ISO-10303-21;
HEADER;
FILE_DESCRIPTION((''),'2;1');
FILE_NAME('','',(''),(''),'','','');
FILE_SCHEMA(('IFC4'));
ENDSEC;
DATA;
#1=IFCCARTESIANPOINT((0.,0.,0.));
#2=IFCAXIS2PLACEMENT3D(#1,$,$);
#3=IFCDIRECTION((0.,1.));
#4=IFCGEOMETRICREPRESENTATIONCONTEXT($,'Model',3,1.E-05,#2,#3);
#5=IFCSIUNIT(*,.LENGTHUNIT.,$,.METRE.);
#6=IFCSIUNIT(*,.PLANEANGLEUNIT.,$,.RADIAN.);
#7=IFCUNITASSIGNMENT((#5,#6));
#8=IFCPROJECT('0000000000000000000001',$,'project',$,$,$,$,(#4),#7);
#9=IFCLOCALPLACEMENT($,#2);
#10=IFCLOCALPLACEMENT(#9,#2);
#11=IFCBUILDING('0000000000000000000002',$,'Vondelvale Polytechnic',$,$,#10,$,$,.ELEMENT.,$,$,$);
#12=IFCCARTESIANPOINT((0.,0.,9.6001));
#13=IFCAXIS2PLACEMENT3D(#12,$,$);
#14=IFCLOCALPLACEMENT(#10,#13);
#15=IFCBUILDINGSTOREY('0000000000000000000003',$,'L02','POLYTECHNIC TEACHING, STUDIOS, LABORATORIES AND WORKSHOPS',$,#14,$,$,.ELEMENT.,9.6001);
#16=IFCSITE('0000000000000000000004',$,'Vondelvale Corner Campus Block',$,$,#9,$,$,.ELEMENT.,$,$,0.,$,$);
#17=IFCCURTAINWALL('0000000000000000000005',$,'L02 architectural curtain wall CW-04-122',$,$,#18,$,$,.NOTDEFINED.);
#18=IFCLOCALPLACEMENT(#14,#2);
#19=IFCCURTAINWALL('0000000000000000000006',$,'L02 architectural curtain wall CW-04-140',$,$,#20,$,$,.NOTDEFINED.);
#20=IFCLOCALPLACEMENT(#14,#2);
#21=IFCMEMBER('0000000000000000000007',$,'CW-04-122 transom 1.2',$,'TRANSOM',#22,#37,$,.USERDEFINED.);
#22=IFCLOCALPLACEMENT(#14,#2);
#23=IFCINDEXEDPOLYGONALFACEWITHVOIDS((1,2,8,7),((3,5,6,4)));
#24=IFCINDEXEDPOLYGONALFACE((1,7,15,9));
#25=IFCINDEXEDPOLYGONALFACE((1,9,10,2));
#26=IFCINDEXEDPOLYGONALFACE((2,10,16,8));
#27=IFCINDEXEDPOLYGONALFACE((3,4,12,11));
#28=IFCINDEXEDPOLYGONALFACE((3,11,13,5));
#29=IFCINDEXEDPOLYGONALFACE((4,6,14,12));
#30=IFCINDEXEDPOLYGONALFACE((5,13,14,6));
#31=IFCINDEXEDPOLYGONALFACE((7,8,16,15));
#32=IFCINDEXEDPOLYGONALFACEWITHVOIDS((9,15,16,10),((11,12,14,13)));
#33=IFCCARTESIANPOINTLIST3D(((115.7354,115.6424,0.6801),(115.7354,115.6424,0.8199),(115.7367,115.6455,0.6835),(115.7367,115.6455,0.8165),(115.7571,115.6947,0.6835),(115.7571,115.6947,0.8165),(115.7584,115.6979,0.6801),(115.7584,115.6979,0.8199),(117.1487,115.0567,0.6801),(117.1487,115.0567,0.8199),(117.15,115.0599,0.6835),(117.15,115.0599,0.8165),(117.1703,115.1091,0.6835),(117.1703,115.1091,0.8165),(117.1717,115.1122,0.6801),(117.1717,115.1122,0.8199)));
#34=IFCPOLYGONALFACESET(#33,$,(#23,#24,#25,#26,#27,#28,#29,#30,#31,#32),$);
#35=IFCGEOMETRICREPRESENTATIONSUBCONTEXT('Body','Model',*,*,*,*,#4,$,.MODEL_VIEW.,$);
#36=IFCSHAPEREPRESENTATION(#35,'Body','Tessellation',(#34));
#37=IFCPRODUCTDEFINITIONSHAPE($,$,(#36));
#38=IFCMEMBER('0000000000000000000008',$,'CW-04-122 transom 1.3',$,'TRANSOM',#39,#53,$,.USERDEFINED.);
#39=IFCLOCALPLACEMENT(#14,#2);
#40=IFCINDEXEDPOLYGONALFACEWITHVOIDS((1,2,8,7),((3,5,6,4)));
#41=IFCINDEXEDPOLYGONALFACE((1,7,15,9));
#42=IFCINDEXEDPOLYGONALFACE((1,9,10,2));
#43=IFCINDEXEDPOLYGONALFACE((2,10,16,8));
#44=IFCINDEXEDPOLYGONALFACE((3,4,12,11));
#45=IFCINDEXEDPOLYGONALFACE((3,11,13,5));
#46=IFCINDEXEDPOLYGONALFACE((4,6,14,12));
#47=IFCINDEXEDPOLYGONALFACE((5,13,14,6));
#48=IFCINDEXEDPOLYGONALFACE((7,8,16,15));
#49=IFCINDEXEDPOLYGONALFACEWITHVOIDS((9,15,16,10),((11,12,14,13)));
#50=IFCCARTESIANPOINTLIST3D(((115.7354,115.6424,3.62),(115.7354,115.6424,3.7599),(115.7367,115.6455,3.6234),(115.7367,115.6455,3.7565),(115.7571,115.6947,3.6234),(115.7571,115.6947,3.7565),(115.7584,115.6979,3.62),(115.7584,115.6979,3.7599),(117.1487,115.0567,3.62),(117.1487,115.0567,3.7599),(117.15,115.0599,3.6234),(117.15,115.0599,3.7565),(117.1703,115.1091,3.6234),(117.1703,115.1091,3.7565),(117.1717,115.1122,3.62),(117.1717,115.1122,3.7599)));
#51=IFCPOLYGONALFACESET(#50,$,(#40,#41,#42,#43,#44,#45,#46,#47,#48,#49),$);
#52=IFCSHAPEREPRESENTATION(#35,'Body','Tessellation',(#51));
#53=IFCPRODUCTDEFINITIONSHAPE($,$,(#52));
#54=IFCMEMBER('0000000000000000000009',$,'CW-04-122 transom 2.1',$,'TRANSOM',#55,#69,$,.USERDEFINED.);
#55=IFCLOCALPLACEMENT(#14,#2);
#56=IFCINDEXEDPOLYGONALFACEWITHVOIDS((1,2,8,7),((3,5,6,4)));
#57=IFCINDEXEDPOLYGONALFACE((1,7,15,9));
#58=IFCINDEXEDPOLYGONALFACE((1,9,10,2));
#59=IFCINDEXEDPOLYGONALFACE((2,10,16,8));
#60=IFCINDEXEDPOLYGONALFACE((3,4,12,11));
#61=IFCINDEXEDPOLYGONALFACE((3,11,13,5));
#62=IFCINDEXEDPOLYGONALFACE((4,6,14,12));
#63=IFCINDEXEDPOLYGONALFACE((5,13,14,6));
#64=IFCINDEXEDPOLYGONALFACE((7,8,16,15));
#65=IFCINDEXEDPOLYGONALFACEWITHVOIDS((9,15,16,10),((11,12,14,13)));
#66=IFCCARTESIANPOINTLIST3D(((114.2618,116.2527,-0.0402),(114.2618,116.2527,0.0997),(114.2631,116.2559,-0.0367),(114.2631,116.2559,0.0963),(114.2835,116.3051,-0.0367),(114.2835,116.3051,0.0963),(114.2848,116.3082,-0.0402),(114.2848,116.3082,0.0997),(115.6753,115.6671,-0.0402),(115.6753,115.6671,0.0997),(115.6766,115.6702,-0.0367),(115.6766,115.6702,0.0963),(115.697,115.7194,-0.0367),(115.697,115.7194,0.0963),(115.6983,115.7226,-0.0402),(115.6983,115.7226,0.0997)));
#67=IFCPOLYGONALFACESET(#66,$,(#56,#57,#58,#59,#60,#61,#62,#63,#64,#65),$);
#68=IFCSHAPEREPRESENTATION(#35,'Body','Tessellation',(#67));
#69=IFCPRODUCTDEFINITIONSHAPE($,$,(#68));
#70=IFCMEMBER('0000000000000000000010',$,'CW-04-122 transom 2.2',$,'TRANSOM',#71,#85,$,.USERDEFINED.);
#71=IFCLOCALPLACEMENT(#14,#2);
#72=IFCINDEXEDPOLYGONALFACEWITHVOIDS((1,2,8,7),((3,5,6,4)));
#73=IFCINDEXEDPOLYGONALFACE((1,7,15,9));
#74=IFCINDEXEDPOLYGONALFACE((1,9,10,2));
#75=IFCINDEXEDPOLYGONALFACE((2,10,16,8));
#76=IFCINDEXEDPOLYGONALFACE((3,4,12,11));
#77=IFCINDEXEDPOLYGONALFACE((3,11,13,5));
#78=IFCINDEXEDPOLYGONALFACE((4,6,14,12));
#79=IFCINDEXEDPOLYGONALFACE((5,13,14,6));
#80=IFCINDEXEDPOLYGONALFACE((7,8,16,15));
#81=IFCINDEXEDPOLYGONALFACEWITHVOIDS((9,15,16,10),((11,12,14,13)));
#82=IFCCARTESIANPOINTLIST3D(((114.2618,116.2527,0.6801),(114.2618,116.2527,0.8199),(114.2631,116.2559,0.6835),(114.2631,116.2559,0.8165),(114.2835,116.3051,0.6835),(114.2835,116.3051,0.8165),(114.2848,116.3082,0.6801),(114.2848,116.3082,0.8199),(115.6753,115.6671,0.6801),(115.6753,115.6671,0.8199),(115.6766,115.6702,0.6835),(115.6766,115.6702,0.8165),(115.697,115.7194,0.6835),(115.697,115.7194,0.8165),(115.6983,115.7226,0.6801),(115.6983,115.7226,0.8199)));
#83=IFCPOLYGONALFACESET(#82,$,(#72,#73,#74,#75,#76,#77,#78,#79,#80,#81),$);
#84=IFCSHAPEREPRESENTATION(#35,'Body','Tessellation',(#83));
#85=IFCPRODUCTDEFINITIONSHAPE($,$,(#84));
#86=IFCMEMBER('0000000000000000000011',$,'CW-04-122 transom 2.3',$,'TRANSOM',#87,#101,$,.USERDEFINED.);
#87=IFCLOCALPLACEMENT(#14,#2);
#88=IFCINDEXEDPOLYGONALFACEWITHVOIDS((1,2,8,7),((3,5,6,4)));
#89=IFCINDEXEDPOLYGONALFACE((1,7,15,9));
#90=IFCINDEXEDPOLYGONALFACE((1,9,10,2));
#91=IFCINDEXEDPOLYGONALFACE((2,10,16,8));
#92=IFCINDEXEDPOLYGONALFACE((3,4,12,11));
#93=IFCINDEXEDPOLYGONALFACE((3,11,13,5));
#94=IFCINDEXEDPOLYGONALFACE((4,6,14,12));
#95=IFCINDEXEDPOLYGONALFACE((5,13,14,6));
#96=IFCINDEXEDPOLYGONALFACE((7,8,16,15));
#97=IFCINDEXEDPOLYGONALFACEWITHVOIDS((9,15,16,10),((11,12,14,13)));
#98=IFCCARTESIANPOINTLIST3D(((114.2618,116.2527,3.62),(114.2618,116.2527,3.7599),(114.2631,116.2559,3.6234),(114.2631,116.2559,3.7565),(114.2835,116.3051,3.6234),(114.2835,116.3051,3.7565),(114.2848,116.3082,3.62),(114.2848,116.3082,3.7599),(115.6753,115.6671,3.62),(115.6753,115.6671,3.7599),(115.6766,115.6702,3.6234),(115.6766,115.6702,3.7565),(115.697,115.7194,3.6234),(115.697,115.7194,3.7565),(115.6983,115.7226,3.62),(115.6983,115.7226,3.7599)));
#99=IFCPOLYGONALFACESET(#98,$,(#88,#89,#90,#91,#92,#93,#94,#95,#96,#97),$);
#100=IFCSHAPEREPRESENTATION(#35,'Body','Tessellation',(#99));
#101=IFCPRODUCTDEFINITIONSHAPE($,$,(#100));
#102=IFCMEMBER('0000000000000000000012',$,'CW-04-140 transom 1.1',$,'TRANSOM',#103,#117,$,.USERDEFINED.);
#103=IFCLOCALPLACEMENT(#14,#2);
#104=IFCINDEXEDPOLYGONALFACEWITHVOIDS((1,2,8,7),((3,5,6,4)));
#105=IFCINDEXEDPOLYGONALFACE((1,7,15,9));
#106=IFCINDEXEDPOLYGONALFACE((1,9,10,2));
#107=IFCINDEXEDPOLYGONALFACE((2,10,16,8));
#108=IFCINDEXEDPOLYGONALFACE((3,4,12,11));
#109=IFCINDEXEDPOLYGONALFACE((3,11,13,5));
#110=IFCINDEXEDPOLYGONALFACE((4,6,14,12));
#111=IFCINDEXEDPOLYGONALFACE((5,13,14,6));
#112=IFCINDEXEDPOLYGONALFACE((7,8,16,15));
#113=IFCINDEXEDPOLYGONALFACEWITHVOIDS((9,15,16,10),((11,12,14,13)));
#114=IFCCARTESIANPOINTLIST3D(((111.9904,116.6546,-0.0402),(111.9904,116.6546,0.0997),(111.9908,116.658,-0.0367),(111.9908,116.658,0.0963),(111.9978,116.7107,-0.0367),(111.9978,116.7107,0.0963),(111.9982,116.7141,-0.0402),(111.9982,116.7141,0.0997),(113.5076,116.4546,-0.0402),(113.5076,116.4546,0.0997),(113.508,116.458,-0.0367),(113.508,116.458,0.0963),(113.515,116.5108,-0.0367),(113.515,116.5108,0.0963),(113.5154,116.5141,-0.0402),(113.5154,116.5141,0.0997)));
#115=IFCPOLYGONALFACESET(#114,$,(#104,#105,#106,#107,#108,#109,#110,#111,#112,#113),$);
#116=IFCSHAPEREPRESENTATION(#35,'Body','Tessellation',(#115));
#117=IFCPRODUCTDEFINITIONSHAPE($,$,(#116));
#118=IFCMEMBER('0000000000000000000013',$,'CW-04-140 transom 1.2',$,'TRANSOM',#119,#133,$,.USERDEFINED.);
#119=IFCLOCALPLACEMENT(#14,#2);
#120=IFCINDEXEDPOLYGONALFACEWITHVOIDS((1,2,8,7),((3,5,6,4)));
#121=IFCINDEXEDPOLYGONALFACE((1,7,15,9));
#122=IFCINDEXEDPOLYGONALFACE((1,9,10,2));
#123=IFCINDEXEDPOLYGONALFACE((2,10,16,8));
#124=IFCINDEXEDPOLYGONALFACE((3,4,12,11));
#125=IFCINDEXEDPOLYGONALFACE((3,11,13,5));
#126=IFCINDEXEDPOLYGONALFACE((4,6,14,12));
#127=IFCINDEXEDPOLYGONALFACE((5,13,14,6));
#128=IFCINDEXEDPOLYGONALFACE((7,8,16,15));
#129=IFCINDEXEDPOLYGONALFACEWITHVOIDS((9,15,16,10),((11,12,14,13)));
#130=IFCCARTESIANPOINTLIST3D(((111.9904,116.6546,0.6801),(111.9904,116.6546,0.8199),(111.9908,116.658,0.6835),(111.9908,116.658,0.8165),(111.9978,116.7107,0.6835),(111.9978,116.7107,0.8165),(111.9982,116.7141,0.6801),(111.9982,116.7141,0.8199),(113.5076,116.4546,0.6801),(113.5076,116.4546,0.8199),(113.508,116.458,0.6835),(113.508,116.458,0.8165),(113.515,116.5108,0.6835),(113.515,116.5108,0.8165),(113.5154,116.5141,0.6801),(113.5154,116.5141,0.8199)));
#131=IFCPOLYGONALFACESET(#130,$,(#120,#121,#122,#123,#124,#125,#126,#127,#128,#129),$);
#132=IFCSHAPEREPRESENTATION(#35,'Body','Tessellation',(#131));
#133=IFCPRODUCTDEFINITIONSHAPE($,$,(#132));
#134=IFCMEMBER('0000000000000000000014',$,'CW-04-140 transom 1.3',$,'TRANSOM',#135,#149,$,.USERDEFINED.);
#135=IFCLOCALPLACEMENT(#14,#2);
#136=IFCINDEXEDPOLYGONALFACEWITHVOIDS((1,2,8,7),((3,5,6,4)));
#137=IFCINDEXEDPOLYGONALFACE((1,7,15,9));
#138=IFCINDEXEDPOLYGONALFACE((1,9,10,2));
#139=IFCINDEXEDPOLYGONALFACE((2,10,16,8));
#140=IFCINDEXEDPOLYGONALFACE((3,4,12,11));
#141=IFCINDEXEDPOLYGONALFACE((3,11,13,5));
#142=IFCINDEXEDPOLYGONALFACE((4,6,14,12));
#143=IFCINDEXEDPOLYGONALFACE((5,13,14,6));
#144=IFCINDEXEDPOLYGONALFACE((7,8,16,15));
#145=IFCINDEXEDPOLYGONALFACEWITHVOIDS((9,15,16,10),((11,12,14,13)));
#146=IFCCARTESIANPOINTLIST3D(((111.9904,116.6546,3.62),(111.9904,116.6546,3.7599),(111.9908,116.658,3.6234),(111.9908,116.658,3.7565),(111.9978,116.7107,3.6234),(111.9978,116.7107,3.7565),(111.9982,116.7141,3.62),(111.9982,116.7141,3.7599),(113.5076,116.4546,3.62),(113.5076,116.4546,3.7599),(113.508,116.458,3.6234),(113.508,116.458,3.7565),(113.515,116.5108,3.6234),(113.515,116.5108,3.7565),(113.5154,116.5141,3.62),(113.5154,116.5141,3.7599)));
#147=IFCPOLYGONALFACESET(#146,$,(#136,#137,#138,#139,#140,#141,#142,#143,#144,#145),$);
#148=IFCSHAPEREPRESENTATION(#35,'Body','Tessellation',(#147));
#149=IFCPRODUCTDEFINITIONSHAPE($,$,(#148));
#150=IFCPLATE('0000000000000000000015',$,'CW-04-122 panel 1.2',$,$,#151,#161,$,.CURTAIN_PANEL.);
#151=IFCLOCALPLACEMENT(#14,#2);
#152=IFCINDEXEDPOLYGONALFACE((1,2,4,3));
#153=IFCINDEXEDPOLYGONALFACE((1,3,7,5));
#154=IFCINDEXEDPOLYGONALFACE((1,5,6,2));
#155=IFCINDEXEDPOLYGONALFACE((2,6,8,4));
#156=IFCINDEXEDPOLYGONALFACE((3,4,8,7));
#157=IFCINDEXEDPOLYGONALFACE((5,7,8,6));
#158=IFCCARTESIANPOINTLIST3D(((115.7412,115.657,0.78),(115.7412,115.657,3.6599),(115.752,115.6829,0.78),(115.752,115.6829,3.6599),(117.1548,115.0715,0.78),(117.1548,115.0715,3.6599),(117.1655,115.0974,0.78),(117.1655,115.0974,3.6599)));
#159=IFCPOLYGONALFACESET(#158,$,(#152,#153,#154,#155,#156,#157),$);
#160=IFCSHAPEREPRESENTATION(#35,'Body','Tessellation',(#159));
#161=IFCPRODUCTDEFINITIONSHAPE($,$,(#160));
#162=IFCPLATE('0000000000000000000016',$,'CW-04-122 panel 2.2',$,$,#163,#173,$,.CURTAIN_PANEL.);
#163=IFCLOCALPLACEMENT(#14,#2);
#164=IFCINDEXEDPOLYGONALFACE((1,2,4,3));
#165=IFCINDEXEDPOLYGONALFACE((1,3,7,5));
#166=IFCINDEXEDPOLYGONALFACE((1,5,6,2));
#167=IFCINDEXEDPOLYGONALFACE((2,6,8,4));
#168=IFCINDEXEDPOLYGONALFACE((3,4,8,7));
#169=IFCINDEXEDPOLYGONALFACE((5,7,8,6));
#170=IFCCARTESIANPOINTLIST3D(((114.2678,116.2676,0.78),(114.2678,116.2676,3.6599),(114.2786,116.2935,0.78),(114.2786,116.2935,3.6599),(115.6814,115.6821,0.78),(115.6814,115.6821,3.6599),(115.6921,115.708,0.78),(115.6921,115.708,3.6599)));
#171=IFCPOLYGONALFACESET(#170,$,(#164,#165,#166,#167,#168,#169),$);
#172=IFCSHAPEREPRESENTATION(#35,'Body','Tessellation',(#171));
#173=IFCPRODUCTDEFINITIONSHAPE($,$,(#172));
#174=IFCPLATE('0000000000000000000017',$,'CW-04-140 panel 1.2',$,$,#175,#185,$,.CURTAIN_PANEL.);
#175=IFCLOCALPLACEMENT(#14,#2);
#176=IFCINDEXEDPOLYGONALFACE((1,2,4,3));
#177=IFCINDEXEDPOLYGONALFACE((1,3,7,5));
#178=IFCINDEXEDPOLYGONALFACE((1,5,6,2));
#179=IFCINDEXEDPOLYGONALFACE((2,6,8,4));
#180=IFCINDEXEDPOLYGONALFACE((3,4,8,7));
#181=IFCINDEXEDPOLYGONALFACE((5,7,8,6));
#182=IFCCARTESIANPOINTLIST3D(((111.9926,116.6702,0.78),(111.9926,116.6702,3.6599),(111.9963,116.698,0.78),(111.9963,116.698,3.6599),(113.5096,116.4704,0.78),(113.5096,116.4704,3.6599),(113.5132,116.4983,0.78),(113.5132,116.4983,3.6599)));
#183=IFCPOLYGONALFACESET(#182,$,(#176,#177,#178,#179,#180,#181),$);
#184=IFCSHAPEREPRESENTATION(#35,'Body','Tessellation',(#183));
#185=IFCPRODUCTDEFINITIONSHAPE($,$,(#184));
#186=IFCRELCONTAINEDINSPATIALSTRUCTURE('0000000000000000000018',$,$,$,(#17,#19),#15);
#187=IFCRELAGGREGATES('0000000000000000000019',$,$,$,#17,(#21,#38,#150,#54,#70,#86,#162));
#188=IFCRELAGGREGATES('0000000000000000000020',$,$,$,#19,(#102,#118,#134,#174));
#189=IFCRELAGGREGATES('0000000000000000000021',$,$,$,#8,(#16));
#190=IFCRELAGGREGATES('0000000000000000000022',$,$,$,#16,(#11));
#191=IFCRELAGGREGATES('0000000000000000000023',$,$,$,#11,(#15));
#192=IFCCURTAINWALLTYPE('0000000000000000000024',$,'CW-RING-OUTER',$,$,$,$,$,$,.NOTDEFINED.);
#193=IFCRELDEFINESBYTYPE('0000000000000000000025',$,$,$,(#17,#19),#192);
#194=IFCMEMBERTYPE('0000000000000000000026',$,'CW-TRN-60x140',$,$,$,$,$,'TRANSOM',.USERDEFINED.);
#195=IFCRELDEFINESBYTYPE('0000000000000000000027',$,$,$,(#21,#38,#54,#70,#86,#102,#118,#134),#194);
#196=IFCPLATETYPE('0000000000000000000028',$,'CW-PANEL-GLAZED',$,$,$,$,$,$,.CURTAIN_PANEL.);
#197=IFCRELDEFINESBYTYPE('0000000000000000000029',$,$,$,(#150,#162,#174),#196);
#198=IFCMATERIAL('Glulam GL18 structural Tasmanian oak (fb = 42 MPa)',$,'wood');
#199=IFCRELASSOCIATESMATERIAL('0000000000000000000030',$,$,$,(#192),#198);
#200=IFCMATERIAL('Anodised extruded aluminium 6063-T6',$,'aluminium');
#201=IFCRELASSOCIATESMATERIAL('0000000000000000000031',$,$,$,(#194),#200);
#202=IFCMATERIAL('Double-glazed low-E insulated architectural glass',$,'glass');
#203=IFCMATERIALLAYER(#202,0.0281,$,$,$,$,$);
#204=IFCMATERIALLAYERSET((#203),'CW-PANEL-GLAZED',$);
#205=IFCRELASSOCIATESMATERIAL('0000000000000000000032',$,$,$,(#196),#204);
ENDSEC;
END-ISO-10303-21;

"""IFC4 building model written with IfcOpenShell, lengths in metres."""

from ifc_helpers import new_model, si_unit, direction, frame, origin, origin_2d, place, context, subcontext, project, spatial, rectangle, hollow_rectangle, extrude, material, layer, layer_set, material_profile, profile_set, type_object, element, aggregate, save


model = new_model("IFC4")

# Units and contexts
model_context = context("Model", 3, precision=1e-05, world=origin(), true_north=direction((0.0, 1.0)))
body_context = subcontext(model_context, "Body", "Model", "MODEL_VIEW")
ifc_project = project(units=[si_unit("LENGTHUNIT", "METRE"), si_unit("PLANEANGLEUNIT", "RADIAN")], contexts=[model_context])

# Site, building, storey
site_placement = place(None, origin())
site = spatial("IfcSite", under=ifc_project, at=site_placement, Name="Vondelvale Corner Campus Block", CompositionType="ELEMENT", RefElevation=0.0)
building_placement = place(site_placement, origin())
building = spatial("IfcBuilding", under=site, at=building_placement, Name="Vondelvale Polytechnic", CompositionType="ELEMENT")
storey_placement = place(building_placement, frame((0.0, 0.0, 9.6001)))
storey = spatial("IfcBuildingStorey", under=building, at=storey_placement, Name="L02", Description="POLYTECHNIC TEACHING, STUDIOS, LABORATORIES AND WORKSHOPS", CompositionType="ELEMENT", Elevation=9.6001)

# Shared definitions
ifc_material_1 = material(Name="Glulam GL18 structural Tasmanian oak (fb = 42 MPa)", Category="wood")

# Shared definitions
curtain_wall_type = type_object("IfcCurtainWallType", Name="CW-RING-OUTER", PredefinedType="NOTDEFINED", material=ifc_material_1)
ifc_material_2 = material(Name="Anodised extruded aluminium 6063-T6", Category="aluminium")

# Curtain wall
curtain_wall_1_placement = place(storey_placement, origin())
curtain_wall_1 = element("IfcCurtainWall", 1, at=curtain_wall_1_placement, inside=storey, type_object=curtain_wall_type, Name="L02 architectural curtain wall CW-04-122", PredefinedType="NOTDEFINED")

# Curtain wall
curtain_wall_2_placement = place(storey_placement, origin())
curtain_wall_2 = element("IfcCurtainWall", 2, at=curtain_wall_2_placement, inside=storey, type_object=curtain_wall_type, Name="L02 architectural curtain wall CW-04-140", PredefinedType="NOTDEFINED")

# Members
ifc_material_profile_1 = material_profile(ifc_material_2, hollow_rectangle(XDim=0.0601, YDim=0.1399, WallThickness=0.0034, at=origin_2d()), Name="CW-TRN-140x60")
ifc_profile_set_1 = profile_set([ifc_material_profile_1], Name="Anodised extruded aluminium 6063-T6")
member_type_1 = type_object("IfcMemberType", Name="CW-TRN-60x140", ElementType="TRANSOM", PredefinedType="USERDEFINED", material=ifc_profile_set_1)
member_1_placement = place(storey_placement, frame((117.1602, 115.0845, 0.75), z_axis=(-0.923816, 0.382836, 0.0), x_axis=(-0.382836, -0.923816, 0.0)))
member_1 = element("IfcMember", 3, at=member_1_placement, type_object=member_type_1, Name="CW-04-122 transom 1.2", ObjectType="TRANSOM", PredefinedType="USERDEFINED", context=body_context, shape_type="SweptSolid", body=[
    extrude(hollow_rectangle(XDim=0.0601, YDim=0.1399, WallThickness=0.0034, at=origin_2d()), origin(), (0.0, 0.0, 1.0), 1.5298),
])
member_2_placement = place(storey_placement, frame((117.1602, 115.0845, 3.6899), z_axis=(-0.923816, 0.382836, 0.0), x_axis=(-0.382836, -0.923816, 0.0)))
member_2 = element("IfcMember", 4, at=member_2_placement, type_object=member_type_1, Name="CW-04-122 transom 1.3", ObjectType="TRANSOM", PredefinedType="USERDEFINED", context=body_context, shape_type="SweptSolid", body=[
    extrude(hollow_rectangle(XDim=0.0601, YDim=0.1399, WallThickness=0.0034, at=origin_2d()), origin(), (0.0, 0.0, 1.0), 1.5298),
])
member_3_placement = place(storey_placement, frame((115.6868, 115.6948, 0.0298), z_axis=(-0.92384, 0.382779, 0.0), x_axis=(-0.382779, -0.92384, 0.0)))
member_3 = element("IfcMember", 5, at=member_3_placement, type_object=member_type_1, Name="CW-04-122 transom 2.1", ObjectType="TRANSOM", PredefinedType="USERDEFINED", context=body_context, shape_type="SweptSolid", body=[
    extrude(hollow_rectangle(XDim=0.0601, YDim=0.1399, WallThickness=0.0034, at=origin_2d()), origin(), (0.0, 0.0, 1.0), 1.53),
])
member_4_placement = place(storey_placement, frame((115.6868, 115.6948, 0.75), z_axis=(-0.92384, 0.382779, 0.0), x_axis=(-0.382779, -0.92384, 0.0)))
member_4 = element("IfcMember", 6, at=member_4_placement, type_object=member_type_1, Name="CW-04-122 transom 2.2", ObjectType="TRANSOM", PredefinedType="USERDEFINED", context=body_context, shape_type="SweptSolid", body=[
    extrude(hollow_rectangle(XDim=0.0601, YDim=0.1399, WallThickness=0.0034, at=origin_2d()), origin(), (0.0, 0.0, 1.0), 1.53),
])
member_5_placement = place(storey_placement, frame((115.6868, 115.6948, 3.6899), z_axis=(-0.92384, 0.382779, 0.0), x_axis=(-0.382779, -0.92384, 0.0)))
member_5 = element("IfcMember", 7, at=member_5_placement, type_object=member_type_1, Name="CW-04-122 transom 2.3", ObjectType="TRANSOM", PredefinedType="USERDEFINED", context=body_context, shape_type="SweptSolid", body=[
    extrude(hollow_rectangle(XDim=0.0601, YDim=0.1399, WallThickness=0.0034, at=origin_2d()), origin(), (0.0, 0.0, 1.0), 1.53),
])
member_6_placement = place(storey_placement, frame((113.5115, 116.4844, 0.0298), z_axis=(-0.991426, 0.130669, 0.0), x_axis=(-0.130669, -0.991426, 0.0)))
member_6 = element("IfcMember", 8, at=member_6_placement, type_object=member_type_1, Name="CW-04-140 transom 1.1", ObjectType="TRANSOM", PredefinedType="USERDEFINED", context=body_context, shape_type="SweptSolid", body=[
    extrude(hollow_rectangle(XDim=0.0601, YDim=0.1399, WallThickness=0.0034, at=origin_2d()), origin(), (0.0, 0.0, 1.0), 1.5303),
])
member_7_placement = place(storey_placement, frame((113.5115, 116.4844, 0.75), z_axis=(-0.991426, 0.130669, 0.0), x_axis=(-0.130669, -0.991426, 0.0)))
member_7 = element("IfcMember", 9, at=member_7_placement, type_object=member_type_1, Name="CW-04-140 transom 1.2", ObjectType="TRANSOM", PredefinedType="USERDEFINED", context=body_context, shape_type="SweptSolid", body=[
    extrude(hollow_rectangle(XDim=0.0601, YDim=0.1399, WallThickness=0.0034, at=origin_2d()), origin(), (0.0, 0.0, 1.0), 1.5303),
])
member_8_placement = place(storey_placement, frame((113.5115, 116.4844, 3.6899), z_axis=(-0.991426, 0.130669, 0.0), x_axis=(-0.130669, -0.991426, 0.0)))
member_8 = element("IfcMember", 10, at=member_8_placement, type_object=member_type_1, Name="CW-04-140 transom 1.3", ObjectType="TRANSOM", PredefinedType="USERDEFINED", context=body_context, shape_type="SweptSolid", body=[
    extrude(hollow_rectangle(XDim=0.0601, YDim=0.1399, WallThickness=0.0034, at=origin_2d()), origin(), (0.0, 0.0, 1.0), 1.5303),
])

# Plates
ifc_material_3 = material(Name="Double-glazed low-E insulated architectural glass", Category="glass")
ifc_layer_1 = layer(ifc_material_3, 0.0281)
ifc_layer_set_1 = layer_set([ifc_layer_1], Name="CW-PANEL-GLAZED")
plate_type_1 = type_object("IfcPlateType", Name="CW-PANEL-GLAZED", PredefinedType="CURTAIN_PANEL", material=ifc_layer_set_1)
plate_1_placement = place(storey_placement, frame((116.4534, 115.3772, 0.78), z_axis=(0.0, 0.0, 1.0), x_axis=(-0.923882, 0.382677, 0.0)))
plate_1 = element("IfcPlate", 11, at=plate_1_placement, type_object=plate_type_1, Name="CW-04-122 panel 1.2", PredefinedType="CURTAIN_PANEL", context=body_context, shape_type="SweptSolid", body=[
    extrude(rectangle(XDim=1.53, YDim=0.0281, at=origin_2d()), origin(), (0.0, 0.0, 1.0), 2.8799),
])
plate_2_placement = place(storey_placement, frame((114.98, 115.9878, 0.78), z_axis=(0.0, 0.0, 1.0), x_axis=(-0.923882, 0.382677, 0.0)))
plate_2 = element("IfcPlate", 12, at=plate_2_placement, type_object=plate_type_1, Name="CW-04-122 panel 2.2", PredefinedType="CURTAIN_PANEL", context=body_context, shape_type="SweptSolid", body=[
    extrude(rectangle(XDim=1.53, YDim=0.0281, at=origin_2d()), origin(), (0.0, 0.0, 1.0), 2.8799),
])
plate_3_placement = place(storey_placement, frame((112.7529, 116.5842, 0.78), z_axis=(0.0, 0.0, 1.0), x_axis=(-0.991443, 0.13054, 0.0)))
plate_3 = element("IfcPlate", 13, at=plate_3_placement, type_object=plate_type_1, Name="CW-04-140 panel 1.2", PredefinedType="CURTAIN_PANEL", context=body_context, shape_type="SweptSolid", body=[
    extrude(rectangle(XDim=1.53, YDim=0.0281, at=origin_2d()), origin(), (0.0, 0.0, 1.0), 2.8799),
])
aggregate(curtain_wall_1, [member_1, member_2, plate_1, member_3, member_4, member_5, plate_2])
aggregate(curtain_wall_2, [member_6, member_7, member_8, plate_3])

save(model, "model.ifc")
